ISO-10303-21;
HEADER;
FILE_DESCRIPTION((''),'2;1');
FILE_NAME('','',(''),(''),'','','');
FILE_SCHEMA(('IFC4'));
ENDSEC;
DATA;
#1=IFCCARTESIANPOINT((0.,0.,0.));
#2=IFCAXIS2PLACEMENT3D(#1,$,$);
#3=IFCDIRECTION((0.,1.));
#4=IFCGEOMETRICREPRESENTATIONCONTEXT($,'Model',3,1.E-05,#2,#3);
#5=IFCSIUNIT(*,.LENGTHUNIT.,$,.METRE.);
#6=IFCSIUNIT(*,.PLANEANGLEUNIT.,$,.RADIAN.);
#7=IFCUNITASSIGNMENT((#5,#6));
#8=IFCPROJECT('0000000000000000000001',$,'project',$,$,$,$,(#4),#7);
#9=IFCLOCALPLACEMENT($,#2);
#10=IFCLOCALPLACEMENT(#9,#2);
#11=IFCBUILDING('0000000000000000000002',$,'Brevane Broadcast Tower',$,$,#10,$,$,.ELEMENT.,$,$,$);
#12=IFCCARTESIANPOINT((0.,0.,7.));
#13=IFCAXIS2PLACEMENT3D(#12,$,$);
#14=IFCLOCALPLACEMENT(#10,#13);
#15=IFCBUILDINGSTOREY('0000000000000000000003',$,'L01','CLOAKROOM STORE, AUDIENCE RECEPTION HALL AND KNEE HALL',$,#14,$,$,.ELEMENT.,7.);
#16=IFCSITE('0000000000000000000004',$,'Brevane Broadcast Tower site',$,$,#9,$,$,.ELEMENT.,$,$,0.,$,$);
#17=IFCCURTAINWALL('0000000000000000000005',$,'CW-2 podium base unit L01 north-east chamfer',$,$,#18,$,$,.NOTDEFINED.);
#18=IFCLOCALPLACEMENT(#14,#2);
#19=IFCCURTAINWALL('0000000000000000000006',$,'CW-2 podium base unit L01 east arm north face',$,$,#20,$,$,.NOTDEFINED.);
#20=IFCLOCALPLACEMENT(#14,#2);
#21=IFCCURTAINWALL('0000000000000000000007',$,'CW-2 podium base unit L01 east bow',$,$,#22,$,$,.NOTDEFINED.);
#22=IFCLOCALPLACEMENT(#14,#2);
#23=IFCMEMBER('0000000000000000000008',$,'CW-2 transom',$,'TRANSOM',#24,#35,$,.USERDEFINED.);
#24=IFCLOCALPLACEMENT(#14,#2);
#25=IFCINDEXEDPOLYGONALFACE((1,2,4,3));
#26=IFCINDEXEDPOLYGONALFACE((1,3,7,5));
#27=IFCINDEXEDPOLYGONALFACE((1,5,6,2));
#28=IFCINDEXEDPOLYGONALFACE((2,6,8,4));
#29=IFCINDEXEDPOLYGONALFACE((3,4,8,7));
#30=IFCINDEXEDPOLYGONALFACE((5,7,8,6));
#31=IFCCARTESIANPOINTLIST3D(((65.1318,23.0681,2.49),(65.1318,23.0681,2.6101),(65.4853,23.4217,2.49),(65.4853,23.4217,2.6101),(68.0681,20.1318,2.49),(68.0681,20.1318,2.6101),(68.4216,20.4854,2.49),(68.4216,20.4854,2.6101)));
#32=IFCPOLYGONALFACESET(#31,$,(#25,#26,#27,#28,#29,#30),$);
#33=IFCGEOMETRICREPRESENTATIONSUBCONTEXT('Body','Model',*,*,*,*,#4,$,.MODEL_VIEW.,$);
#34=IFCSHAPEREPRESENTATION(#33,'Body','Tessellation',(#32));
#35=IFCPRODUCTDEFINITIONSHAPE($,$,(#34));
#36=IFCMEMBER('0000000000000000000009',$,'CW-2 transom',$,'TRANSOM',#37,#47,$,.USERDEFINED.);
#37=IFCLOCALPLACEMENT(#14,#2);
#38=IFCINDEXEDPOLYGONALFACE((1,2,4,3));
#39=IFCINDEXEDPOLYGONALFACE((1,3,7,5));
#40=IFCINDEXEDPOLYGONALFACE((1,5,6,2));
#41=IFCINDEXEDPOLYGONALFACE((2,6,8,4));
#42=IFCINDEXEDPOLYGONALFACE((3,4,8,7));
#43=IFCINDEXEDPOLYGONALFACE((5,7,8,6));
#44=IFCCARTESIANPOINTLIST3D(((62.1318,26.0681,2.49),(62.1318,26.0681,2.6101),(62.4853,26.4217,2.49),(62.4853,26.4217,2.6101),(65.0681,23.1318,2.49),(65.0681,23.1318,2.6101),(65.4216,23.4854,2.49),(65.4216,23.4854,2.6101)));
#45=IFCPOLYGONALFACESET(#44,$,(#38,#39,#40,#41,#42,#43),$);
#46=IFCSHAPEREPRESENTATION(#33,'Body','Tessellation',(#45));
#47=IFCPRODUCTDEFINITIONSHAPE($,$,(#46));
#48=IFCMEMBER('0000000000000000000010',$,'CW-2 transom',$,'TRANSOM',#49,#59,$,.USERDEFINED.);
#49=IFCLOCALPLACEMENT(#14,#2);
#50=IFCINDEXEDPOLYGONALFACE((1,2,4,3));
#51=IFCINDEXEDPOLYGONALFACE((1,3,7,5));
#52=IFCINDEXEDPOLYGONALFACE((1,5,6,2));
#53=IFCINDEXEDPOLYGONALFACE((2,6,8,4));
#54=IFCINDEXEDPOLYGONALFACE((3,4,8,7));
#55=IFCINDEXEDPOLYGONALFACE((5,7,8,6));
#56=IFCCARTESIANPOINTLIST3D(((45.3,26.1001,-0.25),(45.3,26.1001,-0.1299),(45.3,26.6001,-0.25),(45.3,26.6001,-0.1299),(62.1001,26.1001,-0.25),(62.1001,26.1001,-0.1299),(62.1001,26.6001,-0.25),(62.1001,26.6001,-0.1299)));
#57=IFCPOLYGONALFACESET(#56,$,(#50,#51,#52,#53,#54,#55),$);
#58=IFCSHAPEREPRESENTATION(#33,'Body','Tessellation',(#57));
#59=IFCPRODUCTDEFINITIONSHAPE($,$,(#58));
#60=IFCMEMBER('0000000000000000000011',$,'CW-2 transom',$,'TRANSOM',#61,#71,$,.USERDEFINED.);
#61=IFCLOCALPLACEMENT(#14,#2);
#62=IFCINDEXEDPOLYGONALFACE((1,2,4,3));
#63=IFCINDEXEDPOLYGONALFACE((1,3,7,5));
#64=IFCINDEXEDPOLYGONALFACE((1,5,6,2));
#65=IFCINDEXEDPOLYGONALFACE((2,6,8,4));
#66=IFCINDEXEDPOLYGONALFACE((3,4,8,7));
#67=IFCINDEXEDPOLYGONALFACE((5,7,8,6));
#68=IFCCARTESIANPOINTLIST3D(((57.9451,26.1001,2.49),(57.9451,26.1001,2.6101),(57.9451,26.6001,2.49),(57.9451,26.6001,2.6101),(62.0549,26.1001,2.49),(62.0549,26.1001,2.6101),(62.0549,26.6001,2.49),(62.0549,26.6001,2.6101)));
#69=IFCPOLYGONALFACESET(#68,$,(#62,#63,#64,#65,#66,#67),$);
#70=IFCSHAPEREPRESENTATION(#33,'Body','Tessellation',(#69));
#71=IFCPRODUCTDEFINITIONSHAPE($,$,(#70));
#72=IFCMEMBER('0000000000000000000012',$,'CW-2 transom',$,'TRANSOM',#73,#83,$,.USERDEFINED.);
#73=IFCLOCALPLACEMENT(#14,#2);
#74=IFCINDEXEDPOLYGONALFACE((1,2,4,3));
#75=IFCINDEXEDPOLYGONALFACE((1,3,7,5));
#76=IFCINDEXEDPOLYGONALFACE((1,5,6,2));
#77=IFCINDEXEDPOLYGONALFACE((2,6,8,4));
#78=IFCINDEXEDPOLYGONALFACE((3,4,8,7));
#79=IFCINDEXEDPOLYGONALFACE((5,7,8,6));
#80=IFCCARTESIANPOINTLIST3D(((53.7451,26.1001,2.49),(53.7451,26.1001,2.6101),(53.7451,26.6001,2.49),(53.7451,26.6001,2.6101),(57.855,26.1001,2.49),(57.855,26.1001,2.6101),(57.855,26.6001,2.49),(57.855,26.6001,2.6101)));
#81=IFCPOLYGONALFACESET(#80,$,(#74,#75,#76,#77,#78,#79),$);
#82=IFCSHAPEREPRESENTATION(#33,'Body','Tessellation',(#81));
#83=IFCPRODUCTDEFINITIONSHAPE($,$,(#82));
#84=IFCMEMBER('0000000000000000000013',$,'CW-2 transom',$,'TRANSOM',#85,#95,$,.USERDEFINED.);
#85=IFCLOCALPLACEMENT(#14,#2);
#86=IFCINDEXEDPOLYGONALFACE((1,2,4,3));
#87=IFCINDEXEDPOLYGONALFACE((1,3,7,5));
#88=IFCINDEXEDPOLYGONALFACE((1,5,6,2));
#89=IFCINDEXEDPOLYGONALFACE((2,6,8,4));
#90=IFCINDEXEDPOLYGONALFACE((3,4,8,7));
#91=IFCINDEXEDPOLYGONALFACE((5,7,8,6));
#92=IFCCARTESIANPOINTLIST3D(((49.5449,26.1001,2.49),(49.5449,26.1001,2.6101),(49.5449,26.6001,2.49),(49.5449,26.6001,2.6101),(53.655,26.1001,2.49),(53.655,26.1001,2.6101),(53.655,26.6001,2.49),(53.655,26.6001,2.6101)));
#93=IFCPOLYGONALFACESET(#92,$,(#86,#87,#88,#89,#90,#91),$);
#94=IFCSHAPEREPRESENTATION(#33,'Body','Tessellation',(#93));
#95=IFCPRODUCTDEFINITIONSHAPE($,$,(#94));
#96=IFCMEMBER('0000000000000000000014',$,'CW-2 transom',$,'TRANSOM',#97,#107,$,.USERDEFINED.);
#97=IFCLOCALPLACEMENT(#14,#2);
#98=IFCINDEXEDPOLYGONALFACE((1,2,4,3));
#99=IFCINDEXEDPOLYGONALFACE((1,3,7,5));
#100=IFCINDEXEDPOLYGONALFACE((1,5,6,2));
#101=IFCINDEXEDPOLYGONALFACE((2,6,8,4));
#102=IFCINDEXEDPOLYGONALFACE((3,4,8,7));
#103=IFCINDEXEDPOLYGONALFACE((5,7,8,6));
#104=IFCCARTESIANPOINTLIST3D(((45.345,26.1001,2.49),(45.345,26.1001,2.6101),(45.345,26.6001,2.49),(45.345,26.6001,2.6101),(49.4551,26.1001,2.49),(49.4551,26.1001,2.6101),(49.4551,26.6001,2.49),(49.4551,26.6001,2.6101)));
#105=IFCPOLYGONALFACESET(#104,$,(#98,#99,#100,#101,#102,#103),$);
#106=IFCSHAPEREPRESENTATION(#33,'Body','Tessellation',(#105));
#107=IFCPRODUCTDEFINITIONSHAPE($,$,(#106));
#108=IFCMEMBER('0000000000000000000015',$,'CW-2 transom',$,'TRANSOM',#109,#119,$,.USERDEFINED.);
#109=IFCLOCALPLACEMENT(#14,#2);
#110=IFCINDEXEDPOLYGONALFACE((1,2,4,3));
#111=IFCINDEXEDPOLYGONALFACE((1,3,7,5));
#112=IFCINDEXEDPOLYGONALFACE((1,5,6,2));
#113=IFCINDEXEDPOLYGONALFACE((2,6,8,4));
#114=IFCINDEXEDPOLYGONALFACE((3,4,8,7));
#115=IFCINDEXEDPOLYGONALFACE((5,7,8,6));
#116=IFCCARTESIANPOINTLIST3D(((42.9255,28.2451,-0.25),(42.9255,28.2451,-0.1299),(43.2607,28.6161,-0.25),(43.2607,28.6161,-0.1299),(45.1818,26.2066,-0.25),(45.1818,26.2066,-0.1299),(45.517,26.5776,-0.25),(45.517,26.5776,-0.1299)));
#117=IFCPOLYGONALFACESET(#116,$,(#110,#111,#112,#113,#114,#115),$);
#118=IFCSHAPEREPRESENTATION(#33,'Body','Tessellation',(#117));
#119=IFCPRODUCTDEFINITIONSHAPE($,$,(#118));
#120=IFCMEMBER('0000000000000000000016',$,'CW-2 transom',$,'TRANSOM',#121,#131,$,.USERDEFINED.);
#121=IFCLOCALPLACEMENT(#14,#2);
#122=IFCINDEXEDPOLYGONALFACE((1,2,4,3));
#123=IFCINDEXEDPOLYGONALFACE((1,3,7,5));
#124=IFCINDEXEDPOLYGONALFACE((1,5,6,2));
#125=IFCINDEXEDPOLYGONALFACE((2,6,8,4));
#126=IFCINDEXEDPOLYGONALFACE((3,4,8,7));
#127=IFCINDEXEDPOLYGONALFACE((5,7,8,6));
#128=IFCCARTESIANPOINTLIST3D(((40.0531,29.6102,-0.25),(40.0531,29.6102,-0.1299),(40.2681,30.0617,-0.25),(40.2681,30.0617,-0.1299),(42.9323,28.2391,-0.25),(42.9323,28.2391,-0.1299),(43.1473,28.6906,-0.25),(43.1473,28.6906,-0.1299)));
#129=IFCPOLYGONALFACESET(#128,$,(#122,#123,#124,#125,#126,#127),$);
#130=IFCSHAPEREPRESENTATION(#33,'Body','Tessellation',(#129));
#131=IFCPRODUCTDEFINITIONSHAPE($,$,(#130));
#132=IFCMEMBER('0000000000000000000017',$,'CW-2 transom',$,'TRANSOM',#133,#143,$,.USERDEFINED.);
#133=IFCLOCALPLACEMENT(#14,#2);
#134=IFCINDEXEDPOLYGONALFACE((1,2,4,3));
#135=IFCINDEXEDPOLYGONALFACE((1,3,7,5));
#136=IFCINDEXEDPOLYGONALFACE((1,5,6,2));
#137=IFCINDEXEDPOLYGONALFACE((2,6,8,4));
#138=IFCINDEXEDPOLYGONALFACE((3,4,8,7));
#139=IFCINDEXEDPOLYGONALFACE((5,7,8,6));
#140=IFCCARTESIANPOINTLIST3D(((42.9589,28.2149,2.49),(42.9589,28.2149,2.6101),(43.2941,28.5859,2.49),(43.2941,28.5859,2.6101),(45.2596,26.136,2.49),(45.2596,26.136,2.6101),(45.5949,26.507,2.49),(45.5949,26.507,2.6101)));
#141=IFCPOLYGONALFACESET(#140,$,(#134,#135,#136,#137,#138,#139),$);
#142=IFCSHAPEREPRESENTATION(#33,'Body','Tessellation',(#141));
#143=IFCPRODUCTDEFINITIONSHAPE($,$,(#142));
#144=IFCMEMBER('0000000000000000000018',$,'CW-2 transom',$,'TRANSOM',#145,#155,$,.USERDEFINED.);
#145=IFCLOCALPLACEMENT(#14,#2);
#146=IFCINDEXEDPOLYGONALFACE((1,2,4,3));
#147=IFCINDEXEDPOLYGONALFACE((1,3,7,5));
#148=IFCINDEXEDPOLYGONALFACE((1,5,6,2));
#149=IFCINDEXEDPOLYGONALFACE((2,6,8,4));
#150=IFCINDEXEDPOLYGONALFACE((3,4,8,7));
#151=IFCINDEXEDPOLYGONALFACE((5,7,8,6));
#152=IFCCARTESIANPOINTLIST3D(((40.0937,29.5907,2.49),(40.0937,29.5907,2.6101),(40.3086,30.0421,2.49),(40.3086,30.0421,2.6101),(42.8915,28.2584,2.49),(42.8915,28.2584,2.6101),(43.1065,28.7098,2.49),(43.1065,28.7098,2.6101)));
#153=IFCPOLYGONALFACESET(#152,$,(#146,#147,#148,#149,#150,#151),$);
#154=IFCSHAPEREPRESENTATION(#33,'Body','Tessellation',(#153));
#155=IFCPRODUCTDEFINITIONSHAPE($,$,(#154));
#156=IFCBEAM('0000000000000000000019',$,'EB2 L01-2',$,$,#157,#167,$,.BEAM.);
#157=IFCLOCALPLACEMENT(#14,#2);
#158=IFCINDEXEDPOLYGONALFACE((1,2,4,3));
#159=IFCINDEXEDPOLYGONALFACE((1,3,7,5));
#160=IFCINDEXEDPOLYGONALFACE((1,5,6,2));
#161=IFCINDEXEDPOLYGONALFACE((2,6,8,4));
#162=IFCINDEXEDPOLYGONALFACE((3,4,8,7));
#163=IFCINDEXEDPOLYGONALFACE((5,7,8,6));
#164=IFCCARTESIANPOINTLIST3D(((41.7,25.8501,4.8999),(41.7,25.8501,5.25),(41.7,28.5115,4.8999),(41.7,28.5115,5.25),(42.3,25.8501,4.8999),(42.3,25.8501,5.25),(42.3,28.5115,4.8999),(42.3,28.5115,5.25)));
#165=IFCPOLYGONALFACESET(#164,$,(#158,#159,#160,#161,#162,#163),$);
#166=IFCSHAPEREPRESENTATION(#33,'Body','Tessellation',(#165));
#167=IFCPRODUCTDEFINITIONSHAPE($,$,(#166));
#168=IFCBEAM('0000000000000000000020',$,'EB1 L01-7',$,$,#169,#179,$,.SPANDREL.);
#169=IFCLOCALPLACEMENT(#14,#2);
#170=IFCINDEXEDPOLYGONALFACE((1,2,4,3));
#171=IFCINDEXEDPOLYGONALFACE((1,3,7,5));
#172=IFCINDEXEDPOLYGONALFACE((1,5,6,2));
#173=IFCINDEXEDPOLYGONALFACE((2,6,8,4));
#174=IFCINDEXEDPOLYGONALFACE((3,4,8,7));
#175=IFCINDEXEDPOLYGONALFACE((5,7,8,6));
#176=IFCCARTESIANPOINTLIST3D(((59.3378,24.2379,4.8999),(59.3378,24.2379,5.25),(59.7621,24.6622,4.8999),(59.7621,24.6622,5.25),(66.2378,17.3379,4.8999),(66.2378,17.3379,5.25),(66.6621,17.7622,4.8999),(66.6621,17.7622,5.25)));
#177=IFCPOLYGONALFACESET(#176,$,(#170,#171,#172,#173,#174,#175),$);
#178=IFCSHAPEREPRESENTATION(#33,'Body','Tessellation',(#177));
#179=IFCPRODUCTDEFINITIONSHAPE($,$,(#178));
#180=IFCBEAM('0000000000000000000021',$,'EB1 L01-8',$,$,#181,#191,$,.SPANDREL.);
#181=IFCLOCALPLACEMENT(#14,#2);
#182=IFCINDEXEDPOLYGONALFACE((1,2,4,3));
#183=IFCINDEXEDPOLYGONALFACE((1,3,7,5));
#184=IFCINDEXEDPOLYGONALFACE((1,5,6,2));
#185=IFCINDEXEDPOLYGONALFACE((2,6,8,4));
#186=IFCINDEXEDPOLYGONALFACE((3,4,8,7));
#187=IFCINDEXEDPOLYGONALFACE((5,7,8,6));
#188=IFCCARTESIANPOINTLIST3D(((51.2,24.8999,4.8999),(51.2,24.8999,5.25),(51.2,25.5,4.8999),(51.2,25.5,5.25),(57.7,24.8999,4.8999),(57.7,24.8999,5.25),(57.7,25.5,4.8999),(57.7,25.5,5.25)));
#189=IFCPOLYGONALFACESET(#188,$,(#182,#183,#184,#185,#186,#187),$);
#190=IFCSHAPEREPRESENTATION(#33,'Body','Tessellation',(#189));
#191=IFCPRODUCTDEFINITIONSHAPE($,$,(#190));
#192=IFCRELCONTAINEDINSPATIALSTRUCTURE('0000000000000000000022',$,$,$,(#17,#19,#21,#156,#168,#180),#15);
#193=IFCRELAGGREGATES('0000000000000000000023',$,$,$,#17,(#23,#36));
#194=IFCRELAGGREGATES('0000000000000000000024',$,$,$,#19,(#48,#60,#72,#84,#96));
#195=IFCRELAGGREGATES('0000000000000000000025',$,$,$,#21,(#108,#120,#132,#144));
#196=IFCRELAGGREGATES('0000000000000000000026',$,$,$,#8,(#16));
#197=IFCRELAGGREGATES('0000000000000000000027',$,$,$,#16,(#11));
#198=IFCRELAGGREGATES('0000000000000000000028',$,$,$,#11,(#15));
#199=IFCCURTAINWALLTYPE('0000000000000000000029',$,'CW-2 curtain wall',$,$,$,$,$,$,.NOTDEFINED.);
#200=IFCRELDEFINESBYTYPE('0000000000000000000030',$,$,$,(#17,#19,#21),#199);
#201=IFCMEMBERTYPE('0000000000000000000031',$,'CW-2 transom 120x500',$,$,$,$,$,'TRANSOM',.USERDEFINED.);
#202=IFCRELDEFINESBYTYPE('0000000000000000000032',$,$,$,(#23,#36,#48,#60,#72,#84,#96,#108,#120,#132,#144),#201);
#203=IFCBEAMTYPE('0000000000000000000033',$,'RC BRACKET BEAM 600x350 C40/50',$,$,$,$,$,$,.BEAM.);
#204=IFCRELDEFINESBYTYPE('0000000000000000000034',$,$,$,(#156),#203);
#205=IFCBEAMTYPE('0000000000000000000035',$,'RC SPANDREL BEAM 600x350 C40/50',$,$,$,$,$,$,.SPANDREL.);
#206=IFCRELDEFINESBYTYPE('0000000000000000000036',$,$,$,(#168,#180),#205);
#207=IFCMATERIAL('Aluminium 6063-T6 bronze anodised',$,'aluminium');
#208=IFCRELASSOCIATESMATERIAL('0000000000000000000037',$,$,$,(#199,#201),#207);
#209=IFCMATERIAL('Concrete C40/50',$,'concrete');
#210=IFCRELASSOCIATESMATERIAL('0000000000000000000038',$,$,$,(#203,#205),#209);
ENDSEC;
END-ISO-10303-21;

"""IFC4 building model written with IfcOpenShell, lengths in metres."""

from ifc_helpers import new_model, si_unit, direction, frame, origin, origin_2d, place, context, subcontext, project, spatial, rectangle, extrude, material, material_profile, profile_set, type_object, element, aggregate, save


model = new_model("IFC4")

# Units and contexts
model_context = context("Model", 3, precision=1e-05, world=origin(), true_north=direction((0.0, 1.0)))
body_context = subcontext(model_context, "Body", "Model", "MODEL_VIEW")
ifc_project = project(units=[si_unit("LENGTHUNIT", "METRE"), si_unit("PLANEANGLEUNIT", "RADIAN")], contexts=[model_context])

# Site, building, storey
site_placement = place(None, origin())
site = spatial("IfcSite", under=ifc_project, at=site_placement, Name="Brevane Broadcast Tower site", CompositionType="ELEMENT", RefElevation=0.0)
building_placement = place(site_placement, origin())
building = spatial("IfcBuilding", under=site, at=building_placement, Name="Brevane Broadcast Tower", CompositionType="ELEMENT")
storey_placement = place(building_placement, frame((0.0, 0.0, 7.0)))
storey = spatial("IfcBuildingStorey", under=building, at=storey_placement, Name="L01", Description="CLOAKROOM STORE, AUDIENCE RECEPTION HALL AND KNEE HALL", CompositionType="ELEMENT", Elevation=7.0)

# Shared definitions
ifc_material_1 = material(Name="Aluminium 6063-T6 bronze anodised", Category="aluminium")
curtain_wall_type = type_object("IfcCurtainWallType", Name="CW-2 curtain wall", PredefinedType="NOTDEFINED", material=ifc_material_1)

# Curtain walls
curtain_wall_1_placement = place(storey_placement, origin())
curtain_wall_1 = element("IfcCurtainWall", 1, at=curtain_wall_1_placement, inside=storey, type_object=curtain_wall_type, Name="CW-2 podium base unit L01 north-east chamfer", PredefinedType="NOTDEFINED")
curtain_wall_2_placement = place(storey_placement, origin())
curtain_wall_2 = element("IfcCurtainWall", 2, at=curtain_wall_2_placement, inside=storey, type_object=curtain_wall_type, Name="CW-2 podium base unit L01 east arm north face", PredefinedType="NOTDEFINED")

# Curtain wall
curtain_wall_3_placement = place(storey_placement, origin())
curtain_wall_3 = element("IfcCurtainWall", 3, at=curtain_wall_3_placement, inside=storey, type_object=curtain_wall_type, Name="CW-2 podium base unit L01 east bow", PredefinedType="NOTDEFINED")

# Members
ifc_material_profile_1 = material_profile(ifc_material_1, rectangle(XDim=0.5, YDim=0.1201, at=origin_2d()), Name="RECT 120x500")
ifc_profile_set_1 = profile_set([ifc_material_profile_1], Name="Aluminium 6063-T6 bronze anodised")
member_type_1 = type_object("IfcMemberType", Name="CW-2 transom 120x500", ElementType="TRANSOM", PredefinedType="USERDEFINED", material=ifc_profile_set_1)
member_1_placement = place(storey_placement, frame((68.2449, 20.3086, 2.55), z_axis=(-0.707107, 0.707107, 0.0), x_axis=(-0.707107, -0.707107, 0.0)))
member_1 = element("IfcMember", 4, at=member_1_placement, type_object=member_type_1, Name="CW-2 transom", ObjectType="TRANSOM", PredefinedType="USERDEFINED", context=body_context, shape_type="SweptSolid", body=[
    extrude(rectangle(XDim=0.5, YDim=0.1201, at=origin_2d()), origin(), (0.0, 0.0, 1.0), 4.1526),
])
member_2_placement = place(storey_placement, frame((65.2449, 23.3086, 2.55), z_axis=(-0.707107, 0.707107, 0.0), x_axis=(-0.707107, -0.707107, 0.0)))
member_2 = element("IfcMember", 5, at=member_2_placement, type_object=member_type_1, Name="CW-2 transom", ObjectType="TRANSOM", PredefinedType="USERDEFINED", context=body_context, shape_type="SweptSolid", body=[
    extrude(rectangle(XDim=0.5, YDim=0.1201, at=origin_2d()), origin(), (0.0, 0.0, 1.0), 4.1526),
])
aggregate(curtain_wall_1, [member_1, member_2])
member_3_placement = place(storey_placement, frame((62.1001, 26.3501, -0.1899), z_axis=(-1.0, 0.0, 0.0), x_axis=(0.0, -1.0, 0.0)))
member_3 = element("IfcMember", 6, at=member_3_placement, type_object=member_type_1, Name="CW-2 transom", ObjectType="TRANSOM", PredefinedType="USERDEFINED", context=body_context, shape_type="SweptSolid", body=[
    extrude(rectangle(XDim=0.5, YDim=0.1201, at=origin_2d()), origin(), (0.0, 0.0, 1.0), 16.8),
])
member_4_placement = place(storey_placement, frame((62.0549, 26.3501, 2.55), z_axis=(-1.0, 0.0, 0.0), x_axis=(0.0, -1.0, 0.0)))
member_4 = element("IfcMember", 7, at=member_4_placement, type_object=member_type_1, Name="CW-2 transom", ObjectType="TRANSOM", PredefinedType="USERDEFINED", context=body_context, shape_type="SweptSolid", body=[
    extrude(rectangle(XDim=0.5, YDim=0.1201, at=origin_2d()), origin(), (0.0, 0.0, 1.0), 4.1099),
])
member_5_placement = place(storey_placement, frame((57.855, 26.3501, 2.55), z_axis=(-1.0, 0.0, 0.0), x_axis=(0.0, -1.0, 0.0)))
member_5 = element("IfcMember", 8, at=member_5_placement, type_object=member_type_1, Name="CW-2 transom", ObjectType="TRANSOM", PredefinedType="USERDEFINED", context=body_context, shape_type="SweptSolid", body=[
    extrude(rectangle(XDim=0.5, YDim=0.1201, at=origin_2d()), origin(), (0.0, 0.0, 1.0), 4.1099),
])
member_6_placement = place(storey_placement, frame((53.655, 26.3501, 2.55), z_axis=(-1.0, 0.0, 0.0), x_axis=(0.0, -1.0, 0.0)))
member_6 = element("IfcMember", 9, at=member_6_placement, type_object=member_type_1, Name="CW-2 transom", ObjectType="TRANSOM", PredefinedType="USERDEFINED", context=body_context, shape_type="SweptSolid", body=[
    extrude(rectangle(XDim=0.5, YDim=0.1201, at=origin_2d()), origin(), (0.0, 0.0, 1.0), 4.1101),
])
member_7_placement = place(storey_placement, frame((49.4551, 26.3501, 2.55), z_axis=(-1.0, 0.0, 0.0), x_axis=(0.0, -1.0, 0.0)))
member_7 = element("IfcMember", 10, at=member_7_placement, type_object=member_type_1, Name="CW-2 transom", ObjectType="TRANSOM", PredefinedType="USERDEFINED", context=body_context, shape_type="SweptSolid", body=[
    extrude(rectangle(XDim=0.5, YDim=0.1201, at=origin_2d()), origin(), (0.0, 0.0, 1.0), 4.1101),
])
aggregate(curtain_wall_2, [member_3, member_4, member_5, member_6, member_7])
member_8_placement = place(storey_placement, frame((45.3494, 26.3921, -0.1899), z_axis=(-0.742007, 0.670392, 0.0), x_axis=(-0.670392, -0.742007, 0.0)))
member_8 = element("IfcMember", 11, at=member_8_placement, type_object=member_type_1, Name="CW-2 transom", ObjectType="TRANSOM", PredefinedType="USERDEFINED", context=body_context, shape_type="SweptSolid", body=[
    extrude(rectangle(XDim=0.5, YDim=0.1201, at=origin_2d()), origin(), (0.0, 0.0, 1.0), 3.0408),
])
member_9_placement = place(storey_placement, frame((43.0398, 28.4648, -0.1899), z_axis=(-0.902852, 0.429951, 0.0), x_axis=(-0.429951, -0.902852, 0.0)))
member_9 = element("IfcMember", 12, at=member_9_placement, type_object=member_type_1, Name="CW-2 transom", ObjectType="TRANSOM", PredefinedType="USERDEFINED", context=body_context, shape_type="SweptSolid", body=[
    extrude(rectangle(XDim=0.5, YDim=0.1201, at=origin_2d()), origin(), (0.0, 0.0, 1.0), 3.189),
])
member_10_placement = place(storey_placement, frame((45.4272, 26.3215, 2.55), z_axis=(-0.741985, 0.670416, 0.0), x_axis=(-0.670416, -0.741985, 0.0)))
member_10 = element("IfcMember", 13, at=member_10_placement, type_object=member_type_1, Name="CW-2 transom", ObjectType="TRANSOM", PredefinedType="USERDEFINED", context=body_context, shape_type="SweptSolid", body=[
    extrude(rectangle(XDim=0.5, YDim=0.1201, at=origin_2d()), origin(), (0.0, 0.0, 1.0), 3.1008),
])
member_11_placement = place(storey_placement, frame((42.999, 28.4841, 2.55), z_axis=(-0.902865, 0.429924, 0.0), x_axis=(-0.429924, -0.902865, 0.0)))
member_11 = element("IfcMember", 14, at=member_11_placement, type_object=member_type_1, Name="CW-2 transom", ObjectType="TRANSOM", PredefinedType="USERDEFINED", context=body_context, shape_type="SweptSolid", body=[
    extrude(rectangle(XDim=0.5, YDim=0.1201, at=origin_2d()), origin(), (0.0, 0.0, 1.0), 3.0989),
])
aggregate(curtain_wall_3, [member_8, member_9, member_10, member_11])

# Beams
ifc_material_2 = material(Name="Concrete C40/50", Category="concrete")
ifc_material_profile_2 = material_profile(ifc_material_2, rectangle(XDim=0.6001, YDim=0.3501, at=origin_2d()), Name="RC 600x350")
ifc_profile_set_2 = profile_set([ifc_material_profile_2], Name="Concrete C40/50")
beam_type_1 = type_object("IfcBeamType", Name="RC BRACKET BEAM 600x350 C40/50", PredefinedType="BEAM", material=ifc_profile_set_2)
beam_1_placement = place(storey_placement, frame((42.0, 25.8501, 5.075), z_axis=(0.0, 1.0, 0.0), x_axis=(-1.0, 0.0, 0.0)))
element("IfcBeam", 15, at=beam_1_placement, inside=storey, type_object=beam_type_1, Name="EB2 L01-2", PredefinedType="BEAM", context=body_context, shape_type="SweptSolid", body=[
    extrude(rectangle(XDim=0.6001, YDim=0.3501, at=origin_2d()), origin(), (0.0, 0.0, 1.0), 2.6614),
])
ifc_material_profile_3 = material_profile(ifc_material_2, rectangle(XDim=0.6001, YDim=0.3501, at=origin_2d()), Name="RC 600x350")
ifc_profile_set_3 = profile_set([ifc_material_profile_3], Name="Concrete C40/50")
beam_type_2 = type_object("IfcBeamType", Name="RC SPANDREL BEAM 600x350 C40/50", PredefinedType="SPANDREL", material=ifc_profile_set_3)
beam_2_placement = place(storey_placement, frame((66.45, 17.55, 5.075), z_axis=(-0.707107, 0.707107, 0.0), x_axis=(-0.707107, -0.707107, 0.0)))
element("IfcBeam", 16, at=beam_2_placement, inside=storey, type_object=beam_type_2, Name="EB1 L01-7", PredefinedType="SPANDREL", context=body_context, shape_type="SweptSolid", body=[
    extrude(rectangle(XDim=0.6001, YDim=0.3501, at=origin_2d()), origin(), (0.0, 0.0, 1.0), 9.7581),
])
beam_3_placement = place(storey_placement, frame((57.7, 25.2, 5.075), z_axis=(-1.0, 0.0, 0.0), x_axis=(0.0, -1.0, 0.0)))
element("IfcBeam", 17, at=beam_3_placement, inside=storey, type_object=beam_type_2, Name="EB1 L01-8", PredefinedType="SPANDREL", context=body_context, shape_type="SweptSolid", body=[
    extrude(rectangle(XDim=0.6001, YDim=0.3501, at=origin_2d()), origin(), (0.0, 0.0, 1.0), 6.5),
])

save(model, "model.ifc")
